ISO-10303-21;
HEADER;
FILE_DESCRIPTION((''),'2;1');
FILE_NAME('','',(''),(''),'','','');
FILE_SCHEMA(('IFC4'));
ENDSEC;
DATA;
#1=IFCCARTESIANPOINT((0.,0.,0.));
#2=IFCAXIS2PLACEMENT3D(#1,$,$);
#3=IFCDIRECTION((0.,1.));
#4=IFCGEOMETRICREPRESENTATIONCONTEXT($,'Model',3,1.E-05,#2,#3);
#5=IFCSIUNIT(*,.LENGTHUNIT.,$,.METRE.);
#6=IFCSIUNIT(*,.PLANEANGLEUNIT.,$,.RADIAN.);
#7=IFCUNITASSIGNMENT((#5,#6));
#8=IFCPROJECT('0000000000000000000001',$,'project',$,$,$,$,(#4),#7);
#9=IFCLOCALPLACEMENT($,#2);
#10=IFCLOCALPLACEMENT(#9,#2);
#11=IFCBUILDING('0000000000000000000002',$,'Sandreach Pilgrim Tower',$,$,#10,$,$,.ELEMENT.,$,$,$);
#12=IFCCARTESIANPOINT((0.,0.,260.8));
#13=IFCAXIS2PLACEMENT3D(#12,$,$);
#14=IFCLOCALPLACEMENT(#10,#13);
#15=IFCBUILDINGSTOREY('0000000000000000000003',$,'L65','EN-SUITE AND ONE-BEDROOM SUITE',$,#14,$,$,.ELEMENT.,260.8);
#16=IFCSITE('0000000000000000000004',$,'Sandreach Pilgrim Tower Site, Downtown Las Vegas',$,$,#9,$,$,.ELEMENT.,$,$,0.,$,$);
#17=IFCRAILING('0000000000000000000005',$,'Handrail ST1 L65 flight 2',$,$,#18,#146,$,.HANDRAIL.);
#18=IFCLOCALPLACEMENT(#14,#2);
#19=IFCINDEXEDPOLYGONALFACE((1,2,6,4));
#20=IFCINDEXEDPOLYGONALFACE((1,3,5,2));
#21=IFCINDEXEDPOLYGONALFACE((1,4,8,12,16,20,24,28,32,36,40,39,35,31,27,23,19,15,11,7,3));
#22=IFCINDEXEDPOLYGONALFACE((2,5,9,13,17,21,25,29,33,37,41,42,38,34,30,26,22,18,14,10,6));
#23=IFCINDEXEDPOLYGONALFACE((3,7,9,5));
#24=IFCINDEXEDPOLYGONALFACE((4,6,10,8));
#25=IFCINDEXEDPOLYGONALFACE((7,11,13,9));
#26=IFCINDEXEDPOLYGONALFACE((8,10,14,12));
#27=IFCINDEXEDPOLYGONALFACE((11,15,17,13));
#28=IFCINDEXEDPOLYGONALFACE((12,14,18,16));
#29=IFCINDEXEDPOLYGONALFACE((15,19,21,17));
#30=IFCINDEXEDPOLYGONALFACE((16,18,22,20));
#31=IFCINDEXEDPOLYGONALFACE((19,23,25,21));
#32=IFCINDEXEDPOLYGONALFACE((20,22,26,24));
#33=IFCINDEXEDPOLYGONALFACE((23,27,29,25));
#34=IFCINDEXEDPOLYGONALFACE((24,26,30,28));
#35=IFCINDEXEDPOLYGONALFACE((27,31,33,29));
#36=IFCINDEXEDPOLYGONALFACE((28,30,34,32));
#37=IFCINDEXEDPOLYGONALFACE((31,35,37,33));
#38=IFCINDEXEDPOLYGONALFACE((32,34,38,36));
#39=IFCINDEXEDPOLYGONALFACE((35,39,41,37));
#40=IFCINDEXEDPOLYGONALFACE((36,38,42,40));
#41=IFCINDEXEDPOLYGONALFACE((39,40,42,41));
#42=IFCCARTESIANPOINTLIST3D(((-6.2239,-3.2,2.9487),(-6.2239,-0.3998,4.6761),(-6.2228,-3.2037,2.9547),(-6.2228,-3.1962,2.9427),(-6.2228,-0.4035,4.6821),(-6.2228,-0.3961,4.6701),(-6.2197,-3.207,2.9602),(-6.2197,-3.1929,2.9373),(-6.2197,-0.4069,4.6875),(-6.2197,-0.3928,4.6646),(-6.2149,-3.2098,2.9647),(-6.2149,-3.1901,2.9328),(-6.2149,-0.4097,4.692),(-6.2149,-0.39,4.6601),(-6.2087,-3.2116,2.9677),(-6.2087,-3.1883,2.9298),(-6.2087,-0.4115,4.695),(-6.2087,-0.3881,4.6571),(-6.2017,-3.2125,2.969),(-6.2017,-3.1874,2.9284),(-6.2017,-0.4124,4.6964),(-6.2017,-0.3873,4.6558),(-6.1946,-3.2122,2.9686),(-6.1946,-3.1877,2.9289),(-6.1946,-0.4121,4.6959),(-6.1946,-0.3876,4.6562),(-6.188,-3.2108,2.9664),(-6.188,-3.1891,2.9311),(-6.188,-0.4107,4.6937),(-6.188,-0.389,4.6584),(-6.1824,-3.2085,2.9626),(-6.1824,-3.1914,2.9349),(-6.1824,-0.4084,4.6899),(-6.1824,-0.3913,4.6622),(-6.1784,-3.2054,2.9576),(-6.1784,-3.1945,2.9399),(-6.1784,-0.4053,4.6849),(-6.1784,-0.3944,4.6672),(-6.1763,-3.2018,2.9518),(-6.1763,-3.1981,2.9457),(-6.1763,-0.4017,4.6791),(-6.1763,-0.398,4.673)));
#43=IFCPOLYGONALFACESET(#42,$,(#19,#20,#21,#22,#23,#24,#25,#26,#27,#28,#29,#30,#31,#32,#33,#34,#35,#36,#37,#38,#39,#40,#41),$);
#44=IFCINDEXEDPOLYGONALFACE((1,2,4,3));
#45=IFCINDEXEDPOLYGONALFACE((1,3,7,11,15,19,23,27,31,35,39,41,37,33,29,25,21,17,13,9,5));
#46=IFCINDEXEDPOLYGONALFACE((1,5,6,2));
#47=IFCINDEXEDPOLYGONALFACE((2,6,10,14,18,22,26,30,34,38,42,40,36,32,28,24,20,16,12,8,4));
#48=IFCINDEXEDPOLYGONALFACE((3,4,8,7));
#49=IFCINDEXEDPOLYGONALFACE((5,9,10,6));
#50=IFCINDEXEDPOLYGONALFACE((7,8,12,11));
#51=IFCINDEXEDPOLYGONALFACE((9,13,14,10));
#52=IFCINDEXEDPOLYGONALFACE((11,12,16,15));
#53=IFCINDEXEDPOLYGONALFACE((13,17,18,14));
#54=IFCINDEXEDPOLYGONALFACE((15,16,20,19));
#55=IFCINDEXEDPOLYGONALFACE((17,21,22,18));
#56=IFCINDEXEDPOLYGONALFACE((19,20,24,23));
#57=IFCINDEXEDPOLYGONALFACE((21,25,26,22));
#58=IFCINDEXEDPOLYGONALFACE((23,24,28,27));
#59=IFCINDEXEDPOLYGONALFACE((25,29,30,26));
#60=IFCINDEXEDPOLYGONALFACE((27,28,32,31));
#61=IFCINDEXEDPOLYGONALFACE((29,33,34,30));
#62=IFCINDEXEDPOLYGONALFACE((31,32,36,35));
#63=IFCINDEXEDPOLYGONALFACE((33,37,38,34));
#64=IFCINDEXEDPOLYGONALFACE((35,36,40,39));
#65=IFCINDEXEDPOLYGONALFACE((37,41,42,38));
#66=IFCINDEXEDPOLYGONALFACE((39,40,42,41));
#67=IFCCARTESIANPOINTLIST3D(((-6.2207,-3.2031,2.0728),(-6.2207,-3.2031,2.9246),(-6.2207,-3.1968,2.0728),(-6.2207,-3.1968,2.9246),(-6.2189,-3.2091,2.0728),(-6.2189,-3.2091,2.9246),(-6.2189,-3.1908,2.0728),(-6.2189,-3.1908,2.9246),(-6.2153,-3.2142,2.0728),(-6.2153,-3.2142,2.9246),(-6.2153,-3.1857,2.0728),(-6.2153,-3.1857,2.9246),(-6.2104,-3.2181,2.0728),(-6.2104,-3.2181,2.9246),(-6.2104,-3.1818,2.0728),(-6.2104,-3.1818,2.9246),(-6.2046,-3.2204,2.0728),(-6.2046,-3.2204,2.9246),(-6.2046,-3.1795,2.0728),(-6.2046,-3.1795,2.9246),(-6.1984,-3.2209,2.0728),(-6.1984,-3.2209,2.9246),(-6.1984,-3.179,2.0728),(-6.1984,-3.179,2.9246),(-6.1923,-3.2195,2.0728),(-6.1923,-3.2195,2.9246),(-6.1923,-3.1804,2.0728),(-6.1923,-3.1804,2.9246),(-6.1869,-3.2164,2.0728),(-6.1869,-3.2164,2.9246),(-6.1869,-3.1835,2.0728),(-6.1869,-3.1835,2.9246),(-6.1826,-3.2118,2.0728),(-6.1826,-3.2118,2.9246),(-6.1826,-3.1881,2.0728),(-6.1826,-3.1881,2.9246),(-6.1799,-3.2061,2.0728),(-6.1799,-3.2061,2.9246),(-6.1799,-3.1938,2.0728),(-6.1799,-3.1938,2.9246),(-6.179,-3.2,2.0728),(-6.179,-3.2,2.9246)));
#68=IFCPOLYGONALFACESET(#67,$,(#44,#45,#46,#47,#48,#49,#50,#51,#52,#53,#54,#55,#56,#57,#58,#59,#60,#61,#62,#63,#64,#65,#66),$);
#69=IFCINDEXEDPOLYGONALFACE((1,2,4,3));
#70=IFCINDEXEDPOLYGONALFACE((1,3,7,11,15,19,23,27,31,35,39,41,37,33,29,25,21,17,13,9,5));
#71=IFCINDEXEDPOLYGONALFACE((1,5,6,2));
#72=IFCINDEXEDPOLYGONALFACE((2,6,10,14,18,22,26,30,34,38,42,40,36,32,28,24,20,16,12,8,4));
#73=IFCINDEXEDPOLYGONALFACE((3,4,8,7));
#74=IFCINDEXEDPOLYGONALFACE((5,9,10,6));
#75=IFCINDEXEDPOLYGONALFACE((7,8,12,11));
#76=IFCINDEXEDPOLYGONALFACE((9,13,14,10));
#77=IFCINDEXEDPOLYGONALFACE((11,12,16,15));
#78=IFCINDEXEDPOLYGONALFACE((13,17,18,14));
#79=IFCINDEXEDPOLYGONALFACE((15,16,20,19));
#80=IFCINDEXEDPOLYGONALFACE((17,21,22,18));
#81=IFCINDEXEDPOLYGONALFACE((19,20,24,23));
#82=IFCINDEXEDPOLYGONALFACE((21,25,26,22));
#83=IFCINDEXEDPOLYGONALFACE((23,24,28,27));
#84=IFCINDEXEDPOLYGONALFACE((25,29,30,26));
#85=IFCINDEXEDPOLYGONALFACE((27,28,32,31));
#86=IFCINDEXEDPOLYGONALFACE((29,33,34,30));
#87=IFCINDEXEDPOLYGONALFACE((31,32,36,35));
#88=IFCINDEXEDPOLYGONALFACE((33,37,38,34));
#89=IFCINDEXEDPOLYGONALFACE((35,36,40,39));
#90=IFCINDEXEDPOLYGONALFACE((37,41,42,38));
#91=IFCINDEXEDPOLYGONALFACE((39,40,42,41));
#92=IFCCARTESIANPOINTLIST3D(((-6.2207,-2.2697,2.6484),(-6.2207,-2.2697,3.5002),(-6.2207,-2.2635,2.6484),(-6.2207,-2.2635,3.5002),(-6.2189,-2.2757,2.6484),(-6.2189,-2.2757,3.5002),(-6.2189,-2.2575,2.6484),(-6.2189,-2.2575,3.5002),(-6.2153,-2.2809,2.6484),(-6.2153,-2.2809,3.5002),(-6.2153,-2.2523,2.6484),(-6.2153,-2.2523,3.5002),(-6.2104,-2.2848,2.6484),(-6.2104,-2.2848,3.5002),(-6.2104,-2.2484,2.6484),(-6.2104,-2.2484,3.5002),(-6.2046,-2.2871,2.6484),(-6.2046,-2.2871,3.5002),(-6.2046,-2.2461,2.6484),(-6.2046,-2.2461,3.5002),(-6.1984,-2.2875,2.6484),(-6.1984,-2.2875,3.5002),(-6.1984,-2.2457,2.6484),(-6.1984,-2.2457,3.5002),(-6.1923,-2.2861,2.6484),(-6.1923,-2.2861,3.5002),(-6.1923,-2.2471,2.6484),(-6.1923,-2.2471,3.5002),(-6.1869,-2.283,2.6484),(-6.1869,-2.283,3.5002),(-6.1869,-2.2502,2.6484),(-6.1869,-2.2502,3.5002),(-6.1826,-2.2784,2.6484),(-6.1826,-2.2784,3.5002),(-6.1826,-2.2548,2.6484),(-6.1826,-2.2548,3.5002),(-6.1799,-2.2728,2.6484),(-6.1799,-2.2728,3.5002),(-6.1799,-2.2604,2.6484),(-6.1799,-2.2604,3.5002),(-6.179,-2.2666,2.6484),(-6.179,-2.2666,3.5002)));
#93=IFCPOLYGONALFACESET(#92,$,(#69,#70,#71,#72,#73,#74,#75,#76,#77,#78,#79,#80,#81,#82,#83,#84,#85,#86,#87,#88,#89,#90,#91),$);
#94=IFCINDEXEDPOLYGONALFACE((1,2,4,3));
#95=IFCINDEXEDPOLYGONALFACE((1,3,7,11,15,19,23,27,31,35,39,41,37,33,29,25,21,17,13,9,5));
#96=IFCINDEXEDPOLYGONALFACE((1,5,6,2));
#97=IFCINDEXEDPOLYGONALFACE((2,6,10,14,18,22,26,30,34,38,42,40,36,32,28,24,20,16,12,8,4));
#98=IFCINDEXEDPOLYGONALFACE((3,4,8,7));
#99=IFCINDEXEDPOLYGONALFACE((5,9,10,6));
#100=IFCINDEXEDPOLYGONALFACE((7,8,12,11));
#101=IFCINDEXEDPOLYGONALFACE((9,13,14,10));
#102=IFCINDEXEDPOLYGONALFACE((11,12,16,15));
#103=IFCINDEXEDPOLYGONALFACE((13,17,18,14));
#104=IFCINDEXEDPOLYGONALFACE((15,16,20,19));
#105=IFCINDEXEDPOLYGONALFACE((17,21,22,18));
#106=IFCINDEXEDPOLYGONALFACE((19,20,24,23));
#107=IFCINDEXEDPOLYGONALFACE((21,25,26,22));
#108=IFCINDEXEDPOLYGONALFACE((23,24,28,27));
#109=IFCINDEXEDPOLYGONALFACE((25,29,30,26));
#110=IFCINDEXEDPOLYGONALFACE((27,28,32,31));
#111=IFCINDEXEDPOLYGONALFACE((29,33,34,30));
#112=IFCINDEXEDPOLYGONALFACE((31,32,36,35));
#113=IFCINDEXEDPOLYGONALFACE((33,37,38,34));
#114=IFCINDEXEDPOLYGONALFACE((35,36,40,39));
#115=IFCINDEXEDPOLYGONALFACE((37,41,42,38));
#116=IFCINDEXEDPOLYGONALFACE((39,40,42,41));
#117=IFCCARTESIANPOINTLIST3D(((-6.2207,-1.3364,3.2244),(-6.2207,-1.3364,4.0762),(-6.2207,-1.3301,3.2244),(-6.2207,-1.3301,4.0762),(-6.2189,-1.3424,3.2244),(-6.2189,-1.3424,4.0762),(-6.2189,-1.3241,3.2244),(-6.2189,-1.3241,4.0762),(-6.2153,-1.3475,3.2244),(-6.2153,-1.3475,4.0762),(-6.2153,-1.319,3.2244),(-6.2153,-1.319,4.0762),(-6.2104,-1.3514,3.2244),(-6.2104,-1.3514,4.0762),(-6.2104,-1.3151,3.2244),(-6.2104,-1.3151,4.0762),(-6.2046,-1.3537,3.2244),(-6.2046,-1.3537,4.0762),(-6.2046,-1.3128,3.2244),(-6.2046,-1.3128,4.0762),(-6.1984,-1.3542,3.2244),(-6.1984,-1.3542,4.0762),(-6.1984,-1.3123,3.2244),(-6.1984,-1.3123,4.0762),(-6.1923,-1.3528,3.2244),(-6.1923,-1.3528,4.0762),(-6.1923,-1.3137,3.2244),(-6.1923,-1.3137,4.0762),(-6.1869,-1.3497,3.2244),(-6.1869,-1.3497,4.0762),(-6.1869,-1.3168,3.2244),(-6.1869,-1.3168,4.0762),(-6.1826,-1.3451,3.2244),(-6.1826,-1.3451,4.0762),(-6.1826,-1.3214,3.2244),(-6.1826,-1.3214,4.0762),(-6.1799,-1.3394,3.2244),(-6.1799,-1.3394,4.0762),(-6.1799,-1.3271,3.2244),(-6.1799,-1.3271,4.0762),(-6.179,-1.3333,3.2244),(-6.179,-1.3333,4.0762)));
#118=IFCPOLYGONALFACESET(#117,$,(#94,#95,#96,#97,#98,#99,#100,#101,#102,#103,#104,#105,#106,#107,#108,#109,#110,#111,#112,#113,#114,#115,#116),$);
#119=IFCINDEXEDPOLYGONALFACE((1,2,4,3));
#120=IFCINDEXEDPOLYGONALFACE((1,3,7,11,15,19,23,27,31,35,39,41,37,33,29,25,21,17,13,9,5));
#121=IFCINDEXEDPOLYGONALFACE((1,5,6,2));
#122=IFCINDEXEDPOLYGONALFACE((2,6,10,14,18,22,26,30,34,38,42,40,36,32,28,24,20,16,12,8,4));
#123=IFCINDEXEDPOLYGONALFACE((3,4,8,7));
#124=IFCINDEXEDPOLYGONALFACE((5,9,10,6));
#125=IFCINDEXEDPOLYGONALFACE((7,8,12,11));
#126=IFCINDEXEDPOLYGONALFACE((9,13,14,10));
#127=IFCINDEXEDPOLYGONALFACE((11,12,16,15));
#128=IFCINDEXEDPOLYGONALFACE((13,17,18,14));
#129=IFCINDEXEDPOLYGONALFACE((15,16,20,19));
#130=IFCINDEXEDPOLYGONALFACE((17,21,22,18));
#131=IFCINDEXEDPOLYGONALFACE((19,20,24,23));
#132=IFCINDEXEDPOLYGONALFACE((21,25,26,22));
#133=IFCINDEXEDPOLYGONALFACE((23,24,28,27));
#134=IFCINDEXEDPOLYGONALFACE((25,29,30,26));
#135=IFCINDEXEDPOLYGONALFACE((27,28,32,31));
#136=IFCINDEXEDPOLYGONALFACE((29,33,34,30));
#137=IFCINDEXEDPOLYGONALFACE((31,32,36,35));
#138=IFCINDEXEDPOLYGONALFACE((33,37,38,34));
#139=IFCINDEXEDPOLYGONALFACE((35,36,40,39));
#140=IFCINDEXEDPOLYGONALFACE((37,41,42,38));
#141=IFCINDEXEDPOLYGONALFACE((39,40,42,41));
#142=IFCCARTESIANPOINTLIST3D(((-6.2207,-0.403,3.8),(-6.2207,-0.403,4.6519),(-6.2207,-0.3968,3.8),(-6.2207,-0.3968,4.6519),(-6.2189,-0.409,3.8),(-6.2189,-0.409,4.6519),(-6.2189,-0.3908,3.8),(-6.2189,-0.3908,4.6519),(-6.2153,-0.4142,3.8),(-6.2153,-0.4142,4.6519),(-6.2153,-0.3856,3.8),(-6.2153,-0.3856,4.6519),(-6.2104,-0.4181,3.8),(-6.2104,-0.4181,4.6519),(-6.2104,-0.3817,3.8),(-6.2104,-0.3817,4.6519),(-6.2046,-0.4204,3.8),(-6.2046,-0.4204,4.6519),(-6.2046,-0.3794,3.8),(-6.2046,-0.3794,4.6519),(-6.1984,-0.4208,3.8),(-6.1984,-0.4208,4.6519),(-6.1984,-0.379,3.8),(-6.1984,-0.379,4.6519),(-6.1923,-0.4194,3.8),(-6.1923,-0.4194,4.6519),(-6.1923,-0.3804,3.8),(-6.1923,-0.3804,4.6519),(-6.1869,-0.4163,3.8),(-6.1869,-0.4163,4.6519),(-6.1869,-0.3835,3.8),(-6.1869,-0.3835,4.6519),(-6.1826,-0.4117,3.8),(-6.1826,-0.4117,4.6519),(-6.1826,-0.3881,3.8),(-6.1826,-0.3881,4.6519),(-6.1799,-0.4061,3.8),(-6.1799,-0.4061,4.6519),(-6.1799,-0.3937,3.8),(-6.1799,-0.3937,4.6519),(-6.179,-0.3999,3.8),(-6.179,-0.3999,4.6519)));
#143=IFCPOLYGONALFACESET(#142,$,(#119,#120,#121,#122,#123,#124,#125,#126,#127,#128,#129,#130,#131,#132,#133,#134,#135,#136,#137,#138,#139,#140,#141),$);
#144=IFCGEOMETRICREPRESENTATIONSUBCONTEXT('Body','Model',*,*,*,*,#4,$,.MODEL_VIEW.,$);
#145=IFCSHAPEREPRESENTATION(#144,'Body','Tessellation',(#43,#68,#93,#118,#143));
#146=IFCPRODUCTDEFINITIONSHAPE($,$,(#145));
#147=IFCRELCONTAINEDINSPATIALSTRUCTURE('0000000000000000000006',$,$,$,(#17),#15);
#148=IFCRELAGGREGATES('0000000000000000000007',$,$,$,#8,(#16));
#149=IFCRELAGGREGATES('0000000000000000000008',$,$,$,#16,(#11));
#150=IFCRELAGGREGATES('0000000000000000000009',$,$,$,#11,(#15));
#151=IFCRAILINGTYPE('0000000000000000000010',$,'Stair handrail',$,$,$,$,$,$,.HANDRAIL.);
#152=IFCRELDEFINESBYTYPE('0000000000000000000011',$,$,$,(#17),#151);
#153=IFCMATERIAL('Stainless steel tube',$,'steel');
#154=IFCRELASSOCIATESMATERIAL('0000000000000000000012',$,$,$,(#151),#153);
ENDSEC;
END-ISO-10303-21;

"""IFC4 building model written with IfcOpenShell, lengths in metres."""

from ifc_helpers import new_model, si_unit, direction, frame, origin, origin_2d, place, context, subcontext, project, spatial, circle, extrude, material, type_object, element, save


model = new_model("IFC4")

# Units and contexts
model_context = context("Model", 3, precision=1e-05, world=origin(), true_north=direction((0.0, 1.0)))
body_context = subcontext(model_context, "Body", "Model", "MODEL_VIEW")
ifc_project = project(units=[si_unit("LENGTHUNIT", "METRE"), si_unit("PLANEANGLEUNIT", "RADIAN")], contexts=[model_context])

# Site, building, storey
site_placement = place(None, origin())
site = spatial("IfcSite", under=ifc_project, at=site_placement, Name="Sandreach Pilgrim Tower Site, Downtown Las Vegas", CompositionType="ELEMENT", RefElevation=0.0)
building_placement = place(site_placement, origin())
building = spatial("IfcBuilding", under=site, at=building_placement, Name="Sandreach Pilgrim Tower", CompositionType="ELEMENT")
storey_placement = place(building_placement, frame((0.0, 0.0, 260.8)))
storey = spatial("IfcBuildingStorey", under=building, at=storey_placement, Name="L65", Description="EN-SUITE AND ONE-BEDROOM SUITE", CompositionType="ELEMENT", Elevation=260.8)

# Railing
ifc_material_1 = material(Name="Stainless steel tube", Category="steel")
railing_type = type_object("IfcRailingType", Name="Stair handrail", PredefinedType="HANDRAIL", material=ifc_material_1)
for number, where, name in (
    (1, (-6.2, -3.2, 2.0728), "Handrail ST1 L65 flight 2"),
):
    element("IfcRailing", number, at=place(storey_placement, frame(where)), inside=storey, type_object=railing_type, Name=name, PredefinedType="HANDRAIL", context=body_context, shape_type="SweptSolid", body=[
        extrude(circle(Radius=0.0239, at=origin_2d()), frame((0.0, 0.0, 0.876), z_axis=(0.0, 0.85109, 0.52502), x_axis=(-1.0, 0.0, 0.0)), (0.0, 0.0, 1.0), 3.29),
        extrude(circle(Radius=0.021, at=origin_2d()), origin(), (0.0, 0.0, 1.0), 0.8518),
        extrude(circle(Radius=0.021, at=origin_2d()), frame((0.0, 0.9333, 0.5757)), (0.0, 0.0, 1.0), 0.8518),
        extrude(circle(Radius=0.021, at=origin_2d()), frame((0.0, 1.8667, 1.1516)), (0.0, 0.0, 1.0), 0.8518),
        extrude(circle(Radius=0.021, at=origin_2d()), frame((0.0, 2.8, 1.7273)), (0.0, 0.0, 1.0), 0.8518),
    ])

save(model, "model.ifc")
